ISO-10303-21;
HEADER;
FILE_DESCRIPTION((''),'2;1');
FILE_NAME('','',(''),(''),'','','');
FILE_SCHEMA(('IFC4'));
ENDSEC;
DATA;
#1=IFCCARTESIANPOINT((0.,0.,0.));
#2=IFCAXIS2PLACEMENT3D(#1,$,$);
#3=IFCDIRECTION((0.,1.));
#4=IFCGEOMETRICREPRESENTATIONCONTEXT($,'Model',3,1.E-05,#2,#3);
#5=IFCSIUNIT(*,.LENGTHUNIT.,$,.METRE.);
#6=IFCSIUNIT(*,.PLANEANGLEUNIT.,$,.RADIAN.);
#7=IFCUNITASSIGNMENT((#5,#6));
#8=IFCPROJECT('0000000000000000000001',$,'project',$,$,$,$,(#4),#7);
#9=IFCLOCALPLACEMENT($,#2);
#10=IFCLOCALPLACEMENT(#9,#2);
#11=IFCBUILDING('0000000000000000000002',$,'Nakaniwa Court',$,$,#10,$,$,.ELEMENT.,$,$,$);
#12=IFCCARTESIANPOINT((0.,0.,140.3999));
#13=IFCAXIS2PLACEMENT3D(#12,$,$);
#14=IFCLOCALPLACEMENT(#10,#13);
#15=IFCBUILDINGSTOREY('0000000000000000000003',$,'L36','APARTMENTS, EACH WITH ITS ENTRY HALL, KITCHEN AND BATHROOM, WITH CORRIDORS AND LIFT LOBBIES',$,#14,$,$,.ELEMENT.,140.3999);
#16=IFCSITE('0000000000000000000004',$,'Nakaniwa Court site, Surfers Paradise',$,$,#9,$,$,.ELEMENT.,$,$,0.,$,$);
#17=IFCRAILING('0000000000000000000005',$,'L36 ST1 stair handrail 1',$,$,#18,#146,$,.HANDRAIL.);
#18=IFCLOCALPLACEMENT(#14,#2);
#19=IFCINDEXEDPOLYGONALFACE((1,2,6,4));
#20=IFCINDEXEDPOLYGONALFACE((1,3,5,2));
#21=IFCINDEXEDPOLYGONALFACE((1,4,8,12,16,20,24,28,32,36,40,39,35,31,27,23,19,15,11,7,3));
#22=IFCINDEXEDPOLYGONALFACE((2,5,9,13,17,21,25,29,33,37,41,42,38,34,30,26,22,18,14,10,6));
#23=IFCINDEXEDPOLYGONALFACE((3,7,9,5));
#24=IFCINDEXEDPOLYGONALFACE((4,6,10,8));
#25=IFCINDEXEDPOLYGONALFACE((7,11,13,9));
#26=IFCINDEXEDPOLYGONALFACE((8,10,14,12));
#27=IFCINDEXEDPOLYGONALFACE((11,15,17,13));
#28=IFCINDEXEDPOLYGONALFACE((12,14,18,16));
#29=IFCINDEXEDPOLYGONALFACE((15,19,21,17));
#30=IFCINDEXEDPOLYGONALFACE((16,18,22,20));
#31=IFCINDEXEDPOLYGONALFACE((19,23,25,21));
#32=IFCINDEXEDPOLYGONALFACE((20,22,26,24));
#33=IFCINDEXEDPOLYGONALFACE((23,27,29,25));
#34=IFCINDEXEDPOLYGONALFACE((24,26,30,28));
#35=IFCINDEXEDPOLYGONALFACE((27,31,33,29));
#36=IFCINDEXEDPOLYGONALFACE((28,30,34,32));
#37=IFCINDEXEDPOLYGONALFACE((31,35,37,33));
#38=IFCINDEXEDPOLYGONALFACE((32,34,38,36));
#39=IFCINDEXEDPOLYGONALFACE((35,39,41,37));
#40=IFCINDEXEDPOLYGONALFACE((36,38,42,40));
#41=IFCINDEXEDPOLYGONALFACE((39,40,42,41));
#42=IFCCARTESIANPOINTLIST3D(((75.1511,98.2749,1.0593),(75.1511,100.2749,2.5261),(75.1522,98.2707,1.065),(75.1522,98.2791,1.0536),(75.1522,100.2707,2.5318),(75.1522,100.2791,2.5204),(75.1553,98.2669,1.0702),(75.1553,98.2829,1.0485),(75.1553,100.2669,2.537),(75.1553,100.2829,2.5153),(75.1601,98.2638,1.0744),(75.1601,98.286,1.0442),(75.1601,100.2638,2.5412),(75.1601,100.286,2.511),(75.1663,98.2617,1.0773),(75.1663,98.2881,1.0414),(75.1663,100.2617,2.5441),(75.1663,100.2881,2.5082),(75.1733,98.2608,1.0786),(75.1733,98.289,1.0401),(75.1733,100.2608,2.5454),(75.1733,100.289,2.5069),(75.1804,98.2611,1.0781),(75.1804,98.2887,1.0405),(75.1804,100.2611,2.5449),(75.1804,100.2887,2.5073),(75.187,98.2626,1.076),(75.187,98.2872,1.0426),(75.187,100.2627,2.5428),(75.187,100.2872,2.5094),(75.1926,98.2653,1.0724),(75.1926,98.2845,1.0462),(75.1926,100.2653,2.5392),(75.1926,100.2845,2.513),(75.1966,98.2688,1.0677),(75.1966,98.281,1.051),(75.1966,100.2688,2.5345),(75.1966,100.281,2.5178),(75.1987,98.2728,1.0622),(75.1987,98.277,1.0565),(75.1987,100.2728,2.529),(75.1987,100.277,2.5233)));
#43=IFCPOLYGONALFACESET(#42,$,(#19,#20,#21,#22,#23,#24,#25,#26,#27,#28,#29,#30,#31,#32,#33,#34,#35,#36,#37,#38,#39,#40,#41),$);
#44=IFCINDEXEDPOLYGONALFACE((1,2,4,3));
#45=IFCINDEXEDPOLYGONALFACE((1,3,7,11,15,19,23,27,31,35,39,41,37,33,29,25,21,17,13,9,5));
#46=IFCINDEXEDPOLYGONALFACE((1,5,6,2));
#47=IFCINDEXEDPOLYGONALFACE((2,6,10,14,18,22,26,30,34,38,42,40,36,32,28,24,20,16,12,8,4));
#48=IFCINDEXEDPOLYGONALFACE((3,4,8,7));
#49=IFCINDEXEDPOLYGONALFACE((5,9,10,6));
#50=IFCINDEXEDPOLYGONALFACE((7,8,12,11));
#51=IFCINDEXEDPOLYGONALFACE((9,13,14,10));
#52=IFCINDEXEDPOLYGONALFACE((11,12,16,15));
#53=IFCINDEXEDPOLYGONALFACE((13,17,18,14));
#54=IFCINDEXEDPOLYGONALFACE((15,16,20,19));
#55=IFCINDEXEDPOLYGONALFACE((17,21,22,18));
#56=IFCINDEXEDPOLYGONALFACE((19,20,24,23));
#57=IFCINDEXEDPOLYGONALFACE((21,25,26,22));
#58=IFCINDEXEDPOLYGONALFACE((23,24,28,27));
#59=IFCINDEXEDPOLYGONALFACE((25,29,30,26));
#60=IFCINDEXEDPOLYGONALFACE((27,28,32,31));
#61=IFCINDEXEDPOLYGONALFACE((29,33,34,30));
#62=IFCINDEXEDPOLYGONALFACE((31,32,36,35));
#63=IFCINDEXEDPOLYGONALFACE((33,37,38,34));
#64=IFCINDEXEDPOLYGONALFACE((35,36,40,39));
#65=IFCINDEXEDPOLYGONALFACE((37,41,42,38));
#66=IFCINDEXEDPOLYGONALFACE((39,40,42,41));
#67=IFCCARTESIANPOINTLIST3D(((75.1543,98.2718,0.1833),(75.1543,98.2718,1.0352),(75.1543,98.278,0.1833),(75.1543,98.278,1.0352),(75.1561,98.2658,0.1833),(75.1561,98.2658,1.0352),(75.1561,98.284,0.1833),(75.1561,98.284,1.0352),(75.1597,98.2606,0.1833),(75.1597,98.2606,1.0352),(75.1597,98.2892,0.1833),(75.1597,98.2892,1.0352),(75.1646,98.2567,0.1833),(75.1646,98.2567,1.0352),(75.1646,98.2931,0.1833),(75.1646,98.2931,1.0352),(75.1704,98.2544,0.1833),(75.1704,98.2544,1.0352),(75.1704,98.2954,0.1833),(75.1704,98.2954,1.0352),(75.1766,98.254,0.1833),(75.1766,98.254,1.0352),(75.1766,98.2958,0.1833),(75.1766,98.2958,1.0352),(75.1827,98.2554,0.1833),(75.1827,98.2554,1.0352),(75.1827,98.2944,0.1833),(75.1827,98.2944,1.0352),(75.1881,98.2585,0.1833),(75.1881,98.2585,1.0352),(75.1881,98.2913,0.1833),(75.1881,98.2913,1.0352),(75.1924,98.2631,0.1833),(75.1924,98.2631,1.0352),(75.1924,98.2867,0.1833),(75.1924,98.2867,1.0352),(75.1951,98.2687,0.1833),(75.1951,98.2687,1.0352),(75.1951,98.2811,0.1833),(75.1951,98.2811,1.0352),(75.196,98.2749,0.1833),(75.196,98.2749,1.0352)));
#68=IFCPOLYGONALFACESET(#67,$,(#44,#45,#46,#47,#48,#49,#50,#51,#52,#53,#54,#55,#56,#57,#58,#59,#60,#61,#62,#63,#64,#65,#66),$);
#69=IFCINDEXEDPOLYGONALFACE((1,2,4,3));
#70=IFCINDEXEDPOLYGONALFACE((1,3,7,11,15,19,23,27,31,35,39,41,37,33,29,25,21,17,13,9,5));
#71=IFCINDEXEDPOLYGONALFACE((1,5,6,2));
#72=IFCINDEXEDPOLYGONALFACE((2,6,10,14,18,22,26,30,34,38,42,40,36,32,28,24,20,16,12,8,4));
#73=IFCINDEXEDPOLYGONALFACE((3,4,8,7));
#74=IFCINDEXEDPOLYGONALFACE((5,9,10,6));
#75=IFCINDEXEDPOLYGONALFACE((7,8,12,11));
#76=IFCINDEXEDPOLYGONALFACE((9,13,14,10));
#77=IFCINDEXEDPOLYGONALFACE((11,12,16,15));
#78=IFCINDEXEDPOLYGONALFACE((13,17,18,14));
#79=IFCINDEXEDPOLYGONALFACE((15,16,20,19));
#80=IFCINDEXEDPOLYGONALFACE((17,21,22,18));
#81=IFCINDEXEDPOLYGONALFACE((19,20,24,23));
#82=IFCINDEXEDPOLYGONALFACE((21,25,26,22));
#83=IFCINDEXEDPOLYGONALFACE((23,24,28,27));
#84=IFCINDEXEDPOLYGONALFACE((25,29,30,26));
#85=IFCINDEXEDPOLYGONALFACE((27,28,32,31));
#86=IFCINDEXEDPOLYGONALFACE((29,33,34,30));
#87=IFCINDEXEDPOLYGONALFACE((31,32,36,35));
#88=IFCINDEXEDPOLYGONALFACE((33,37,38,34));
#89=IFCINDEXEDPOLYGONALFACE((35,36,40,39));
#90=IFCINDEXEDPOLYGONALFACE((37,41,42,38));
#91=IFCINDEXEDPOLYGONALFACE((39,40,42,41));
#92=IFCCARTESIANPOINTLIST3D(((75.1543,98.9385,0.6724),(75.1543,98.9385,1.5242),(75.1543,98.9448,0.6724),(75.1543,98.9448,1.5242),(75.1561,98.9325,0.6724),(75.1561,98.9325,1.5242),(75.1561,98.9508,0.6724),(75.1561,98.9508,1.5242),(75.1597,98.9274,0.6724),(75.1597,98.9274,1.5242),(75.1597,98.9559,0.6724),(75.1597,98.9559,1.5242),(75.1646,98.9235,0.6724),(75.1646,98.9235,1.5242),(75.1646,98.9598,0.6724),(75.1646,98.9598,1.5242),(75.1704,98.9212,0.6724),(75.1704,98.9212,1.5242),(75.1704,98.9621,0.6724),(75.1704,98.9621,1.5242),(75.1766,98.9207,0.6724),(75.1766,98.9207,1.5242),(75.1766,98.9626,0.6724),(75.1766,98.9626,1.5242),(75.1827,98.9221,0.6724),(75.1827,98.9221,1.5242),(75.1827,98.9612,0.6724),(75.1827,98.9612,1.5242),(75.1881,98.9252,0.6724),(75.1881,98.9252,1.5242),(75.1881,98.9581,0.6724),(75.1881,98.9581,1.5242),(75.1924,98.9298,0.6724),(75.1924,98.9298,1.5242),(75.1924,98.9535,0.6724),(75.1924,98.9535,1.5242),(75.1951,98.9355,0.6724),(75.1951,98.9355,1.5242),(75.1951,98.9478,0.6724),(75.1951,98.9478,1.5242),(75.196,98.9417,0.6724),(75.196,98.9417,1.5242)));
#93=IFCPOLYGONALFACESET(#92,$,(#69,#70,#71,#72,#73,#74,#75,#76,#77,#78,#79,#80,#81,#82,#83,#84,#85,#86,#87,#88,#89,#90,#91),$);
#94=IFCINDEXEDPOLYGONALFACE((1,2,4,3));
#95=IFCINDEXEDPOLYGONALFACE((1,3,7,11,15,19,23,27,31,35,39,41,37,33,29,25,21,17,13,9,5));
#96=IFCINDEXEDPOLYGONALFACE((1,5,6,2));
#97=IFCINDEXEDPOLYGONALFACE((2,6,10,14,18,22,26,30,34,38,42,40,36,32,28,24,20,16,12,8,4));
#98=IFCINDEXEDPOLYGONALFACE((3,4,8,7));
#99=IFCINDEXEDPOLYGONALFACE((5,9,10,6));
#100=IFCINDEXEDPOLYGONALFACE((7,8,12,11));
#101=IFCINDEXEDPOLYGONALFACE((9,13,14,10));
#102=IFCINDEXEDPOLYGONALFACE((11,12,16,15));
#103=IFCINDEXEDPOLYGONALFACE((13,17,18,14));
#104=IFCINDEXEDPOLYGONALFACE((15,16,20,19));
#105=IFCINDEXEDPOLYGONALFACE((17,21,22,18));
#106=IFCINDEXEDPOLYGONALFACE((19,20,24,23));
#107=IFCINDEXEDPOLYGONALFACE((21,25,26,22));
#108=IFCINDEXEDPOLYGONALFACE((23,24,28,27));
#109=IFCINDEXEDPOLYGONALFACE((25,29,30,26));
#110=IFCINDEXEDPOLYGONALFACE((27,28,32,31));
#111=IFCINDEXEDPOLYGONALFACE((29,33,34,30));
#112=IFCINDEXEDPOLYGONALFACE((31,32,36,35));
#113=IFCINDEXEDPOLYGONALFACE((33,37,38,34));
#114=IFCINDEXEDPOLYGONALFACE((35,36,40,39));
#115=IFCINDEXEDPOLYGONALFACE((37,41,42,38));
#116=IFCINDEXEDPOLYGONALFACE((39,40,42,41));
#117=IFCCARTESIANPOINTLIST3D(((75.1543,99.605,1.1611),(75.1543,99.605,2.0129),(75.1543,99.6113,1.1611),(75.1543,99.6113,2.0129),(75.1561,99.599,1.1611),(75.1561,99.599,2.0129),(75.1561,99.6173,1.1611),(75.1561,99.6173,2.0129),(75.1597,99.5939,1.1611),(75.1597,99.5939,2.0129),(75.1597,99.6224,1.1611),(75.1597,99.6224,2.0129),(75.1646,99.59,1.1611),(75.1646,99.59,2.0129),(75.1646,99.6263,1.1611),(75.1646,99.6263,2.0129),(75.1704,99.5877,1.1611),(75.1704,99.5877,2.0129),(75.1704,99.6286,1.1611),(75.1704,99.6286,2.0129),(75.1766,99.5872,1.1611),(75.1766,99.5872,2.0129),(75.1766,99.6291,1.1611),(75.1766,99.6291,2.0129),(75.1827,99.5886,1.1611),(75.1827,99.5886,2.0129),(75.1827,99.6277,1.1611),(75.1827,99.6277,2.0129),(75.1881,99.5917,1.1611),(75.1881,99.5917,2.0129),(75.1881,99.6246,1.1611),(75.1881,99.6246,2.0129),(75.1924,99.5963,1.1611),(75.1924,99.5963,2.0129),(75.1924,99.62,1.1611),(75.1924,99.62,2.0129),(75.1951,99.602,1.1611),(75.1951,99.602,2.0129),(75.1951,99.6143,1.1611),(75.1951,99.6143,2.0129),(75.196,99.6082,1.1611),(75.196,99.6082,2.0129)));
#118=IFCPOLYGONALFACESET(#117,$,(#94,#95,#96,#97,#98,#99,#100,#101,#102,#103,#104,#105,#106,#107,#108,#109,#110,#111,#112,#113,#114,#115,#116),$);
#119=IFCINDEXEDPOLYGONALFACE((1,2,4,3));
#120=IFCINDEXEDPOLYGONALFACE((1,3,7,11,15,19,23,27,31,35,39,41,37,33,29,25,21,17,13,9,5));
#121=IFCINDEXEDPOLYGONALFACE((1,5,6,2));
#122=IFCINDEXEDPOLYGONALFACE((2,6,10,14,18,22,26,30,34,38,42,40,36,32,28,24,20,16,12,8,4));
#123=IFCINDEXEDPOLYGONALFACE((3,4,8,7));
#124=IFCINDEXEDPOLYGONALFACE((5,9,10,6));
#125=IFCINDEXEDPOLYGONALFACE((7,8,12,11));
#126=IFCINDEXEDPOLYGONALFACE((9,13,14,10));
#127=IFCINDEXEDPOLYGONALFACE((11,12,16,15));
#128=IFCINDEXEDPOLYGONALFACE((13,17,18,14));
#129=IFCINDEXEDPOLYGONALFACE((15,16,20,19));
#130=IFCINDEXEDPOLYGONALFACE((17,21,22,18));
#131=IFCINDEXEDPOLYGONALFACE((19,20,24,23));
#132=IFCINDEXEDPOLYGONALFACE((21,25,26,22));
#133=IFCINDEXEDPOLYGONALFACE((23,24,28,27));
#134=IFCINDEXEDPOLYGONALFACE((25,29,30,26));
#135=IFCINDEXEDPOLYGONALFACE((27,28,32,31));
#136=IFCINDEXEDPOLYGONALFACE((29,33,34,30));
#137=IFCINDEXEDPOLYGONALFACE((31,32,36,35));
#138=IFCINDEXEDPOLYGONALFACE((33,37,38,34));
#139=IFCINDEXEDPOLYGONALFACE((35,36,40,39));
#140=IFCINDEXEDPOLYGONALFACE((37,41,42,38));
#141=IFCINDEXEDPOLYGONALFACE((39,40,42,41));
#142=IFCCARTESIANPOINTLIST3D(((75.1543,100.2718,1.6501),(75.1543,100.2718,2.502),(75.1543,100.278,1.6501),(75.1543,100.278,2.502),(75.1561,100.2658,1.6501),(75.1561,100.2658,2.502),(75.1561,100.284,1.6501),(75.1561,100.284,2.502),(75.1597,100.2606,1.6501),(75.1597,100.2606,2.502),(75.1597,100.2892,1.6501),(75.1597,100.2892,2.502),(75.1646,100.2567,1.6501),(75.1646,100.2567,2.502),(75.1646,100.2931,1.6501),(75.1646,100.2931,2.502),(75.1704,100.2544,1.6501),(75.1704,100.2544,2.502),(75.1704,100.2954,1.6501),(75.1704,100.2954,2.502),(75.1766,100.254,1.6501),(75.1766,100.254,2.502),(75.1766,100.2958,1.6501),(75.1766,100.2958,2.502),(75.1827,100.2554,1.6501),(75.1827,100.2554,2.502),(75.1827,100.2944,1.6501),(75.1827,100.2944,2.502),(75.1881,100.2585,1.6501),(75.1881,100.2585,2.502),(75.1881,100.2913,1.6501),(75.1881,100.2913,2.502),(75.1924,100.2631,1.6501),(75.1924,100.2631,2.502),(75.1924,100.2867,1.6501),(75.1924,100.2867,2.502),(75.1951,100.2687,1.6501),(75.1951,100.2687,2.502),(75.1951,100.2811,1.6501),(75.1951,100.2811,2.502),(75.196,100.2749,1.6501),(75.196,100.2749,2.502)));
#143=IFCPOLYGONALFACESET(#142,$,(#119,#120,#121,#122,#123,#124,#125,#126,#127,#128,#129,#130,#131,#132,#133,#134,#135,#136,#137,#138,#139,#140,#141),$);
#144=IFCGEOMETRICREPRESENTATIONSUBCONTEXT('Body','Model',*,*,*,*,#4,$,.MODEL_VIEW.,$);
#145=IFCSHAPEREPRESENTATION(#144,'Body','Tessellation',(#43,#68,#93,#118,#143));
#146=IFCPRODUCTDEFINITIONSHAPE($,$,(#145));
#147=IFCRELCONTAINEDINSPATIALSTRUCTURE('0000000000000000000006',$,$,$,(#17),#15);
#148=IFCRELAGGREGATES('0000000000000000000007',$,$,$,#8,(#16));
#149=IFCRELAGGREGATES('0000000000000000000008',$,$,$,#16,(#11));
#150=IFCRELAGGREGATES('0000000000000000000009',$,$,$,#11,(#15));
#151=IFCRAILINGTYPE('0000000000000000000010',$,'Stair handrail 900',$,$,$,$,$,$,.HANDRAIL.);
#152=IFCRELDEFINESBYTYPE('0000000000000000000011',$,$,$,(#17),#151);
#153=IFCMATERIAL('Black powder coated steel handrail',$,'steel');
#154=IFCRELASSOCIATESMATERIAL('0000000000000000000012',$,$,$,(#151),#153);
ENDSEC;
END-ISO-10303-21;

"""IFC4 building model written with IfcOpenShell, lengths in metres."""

from ifc_helpers import new_model, si_unit, direction, frame, origin, origin_2d, place, context, subcontext, project, spatial, circle, extrude, material, type_object, element, save


model = new_model("IFC4")

# Units and contexts
model_context = context("Model", 3, precision=1e-05, world=origin(), true_north=direction((0.0, 1.0)))
body_context = subcontext(model_context, "Body", "Model", "MODEL_VIEW")
ifc_project = project(units=[si_unit("LENGTHUNIT", "METRE"), si_unit("PLANEANGLEUNIT", "RADIAN")], contexts=[model_context])

# Site, building, storey
site_placement = place(None, origin())
site = spatial("IfcSite", under=ifc_project, at=site_placement, Name="Nakaniwa Court site, Surfers Paradise", CompositionType="ELEMENT", RefElevation=0.0)
building_placement = place(site_placement, origin())
building = spatial("IfcBuilding", under=site, at=building_placement, Name="Nakaniwa Court", CompositionType="ELEMENT")
storey_placement = place(building_placement, frame((0.0, 0.0, 140.3999)))
storey = spatial("IfcBuildingStorey", under=building, at=storey_placement, Name="L36", Description="APARTMENTS, EACH WITH ITS ENTRY HALL, KITCHEN AND BATHROOM, WITH CORRIDORS AND LIFT LOBBIES", CompositionType="ELEMENT", Elevation=140.3999)

# Railing
ifc_material_1 = material(Name="Black powder coated steel handrail", Category="steel")
railing_type_1 = type_object("IfcRailingType", Name="Stair handrail 900", PredefinedType="HANDRAIL", material=ifc_material_1)
railing_1_placement = place(storey_placement, frame((75.175, 98.2749, 0.1833)))
element("IfcRailing", 1, at=railing_1_placement, inside=storey, type_object=railing_type_1, Name="L36 ST1 stair handrail 1", PredefinedType="HANDRAIL", context=body_context, shape_type="SweptSolid", body=[
    extrude(circle(Radius=0.0239, at=origin_2d()), frame((0.0, 0.0, 0.876), z_axis=(0.0, 0.80638, 0.591398), x_axis=(-1.0, 0.0, 0.0)), (0.0, 0.0, 1.0), 2.4802),
    extrude(circle(Radius=0.021, at=origin_2d()), origin(), (0.0, 0.0, 1.0), 0.8518),
    extrude(circle(Radius=0.021, at=origin_2d()), frame((0.0, 0.6667, 0.489)), (0.0, 0.0, 1.0), 0.8518),
    extrude(circle(Radius=0.021, at=origin_2d()), frame((0.0, 1.3333, 0.9778)), (0.0, 0.0, 1.0), 0.8518),
    extrude(circle(Radius=0.021, at=origin_2d()), frame((0.0, 2.0, 1.4668)), (0.0, 0.0, 1.0), 0.8518),
])

save(model, "model.ifc")
